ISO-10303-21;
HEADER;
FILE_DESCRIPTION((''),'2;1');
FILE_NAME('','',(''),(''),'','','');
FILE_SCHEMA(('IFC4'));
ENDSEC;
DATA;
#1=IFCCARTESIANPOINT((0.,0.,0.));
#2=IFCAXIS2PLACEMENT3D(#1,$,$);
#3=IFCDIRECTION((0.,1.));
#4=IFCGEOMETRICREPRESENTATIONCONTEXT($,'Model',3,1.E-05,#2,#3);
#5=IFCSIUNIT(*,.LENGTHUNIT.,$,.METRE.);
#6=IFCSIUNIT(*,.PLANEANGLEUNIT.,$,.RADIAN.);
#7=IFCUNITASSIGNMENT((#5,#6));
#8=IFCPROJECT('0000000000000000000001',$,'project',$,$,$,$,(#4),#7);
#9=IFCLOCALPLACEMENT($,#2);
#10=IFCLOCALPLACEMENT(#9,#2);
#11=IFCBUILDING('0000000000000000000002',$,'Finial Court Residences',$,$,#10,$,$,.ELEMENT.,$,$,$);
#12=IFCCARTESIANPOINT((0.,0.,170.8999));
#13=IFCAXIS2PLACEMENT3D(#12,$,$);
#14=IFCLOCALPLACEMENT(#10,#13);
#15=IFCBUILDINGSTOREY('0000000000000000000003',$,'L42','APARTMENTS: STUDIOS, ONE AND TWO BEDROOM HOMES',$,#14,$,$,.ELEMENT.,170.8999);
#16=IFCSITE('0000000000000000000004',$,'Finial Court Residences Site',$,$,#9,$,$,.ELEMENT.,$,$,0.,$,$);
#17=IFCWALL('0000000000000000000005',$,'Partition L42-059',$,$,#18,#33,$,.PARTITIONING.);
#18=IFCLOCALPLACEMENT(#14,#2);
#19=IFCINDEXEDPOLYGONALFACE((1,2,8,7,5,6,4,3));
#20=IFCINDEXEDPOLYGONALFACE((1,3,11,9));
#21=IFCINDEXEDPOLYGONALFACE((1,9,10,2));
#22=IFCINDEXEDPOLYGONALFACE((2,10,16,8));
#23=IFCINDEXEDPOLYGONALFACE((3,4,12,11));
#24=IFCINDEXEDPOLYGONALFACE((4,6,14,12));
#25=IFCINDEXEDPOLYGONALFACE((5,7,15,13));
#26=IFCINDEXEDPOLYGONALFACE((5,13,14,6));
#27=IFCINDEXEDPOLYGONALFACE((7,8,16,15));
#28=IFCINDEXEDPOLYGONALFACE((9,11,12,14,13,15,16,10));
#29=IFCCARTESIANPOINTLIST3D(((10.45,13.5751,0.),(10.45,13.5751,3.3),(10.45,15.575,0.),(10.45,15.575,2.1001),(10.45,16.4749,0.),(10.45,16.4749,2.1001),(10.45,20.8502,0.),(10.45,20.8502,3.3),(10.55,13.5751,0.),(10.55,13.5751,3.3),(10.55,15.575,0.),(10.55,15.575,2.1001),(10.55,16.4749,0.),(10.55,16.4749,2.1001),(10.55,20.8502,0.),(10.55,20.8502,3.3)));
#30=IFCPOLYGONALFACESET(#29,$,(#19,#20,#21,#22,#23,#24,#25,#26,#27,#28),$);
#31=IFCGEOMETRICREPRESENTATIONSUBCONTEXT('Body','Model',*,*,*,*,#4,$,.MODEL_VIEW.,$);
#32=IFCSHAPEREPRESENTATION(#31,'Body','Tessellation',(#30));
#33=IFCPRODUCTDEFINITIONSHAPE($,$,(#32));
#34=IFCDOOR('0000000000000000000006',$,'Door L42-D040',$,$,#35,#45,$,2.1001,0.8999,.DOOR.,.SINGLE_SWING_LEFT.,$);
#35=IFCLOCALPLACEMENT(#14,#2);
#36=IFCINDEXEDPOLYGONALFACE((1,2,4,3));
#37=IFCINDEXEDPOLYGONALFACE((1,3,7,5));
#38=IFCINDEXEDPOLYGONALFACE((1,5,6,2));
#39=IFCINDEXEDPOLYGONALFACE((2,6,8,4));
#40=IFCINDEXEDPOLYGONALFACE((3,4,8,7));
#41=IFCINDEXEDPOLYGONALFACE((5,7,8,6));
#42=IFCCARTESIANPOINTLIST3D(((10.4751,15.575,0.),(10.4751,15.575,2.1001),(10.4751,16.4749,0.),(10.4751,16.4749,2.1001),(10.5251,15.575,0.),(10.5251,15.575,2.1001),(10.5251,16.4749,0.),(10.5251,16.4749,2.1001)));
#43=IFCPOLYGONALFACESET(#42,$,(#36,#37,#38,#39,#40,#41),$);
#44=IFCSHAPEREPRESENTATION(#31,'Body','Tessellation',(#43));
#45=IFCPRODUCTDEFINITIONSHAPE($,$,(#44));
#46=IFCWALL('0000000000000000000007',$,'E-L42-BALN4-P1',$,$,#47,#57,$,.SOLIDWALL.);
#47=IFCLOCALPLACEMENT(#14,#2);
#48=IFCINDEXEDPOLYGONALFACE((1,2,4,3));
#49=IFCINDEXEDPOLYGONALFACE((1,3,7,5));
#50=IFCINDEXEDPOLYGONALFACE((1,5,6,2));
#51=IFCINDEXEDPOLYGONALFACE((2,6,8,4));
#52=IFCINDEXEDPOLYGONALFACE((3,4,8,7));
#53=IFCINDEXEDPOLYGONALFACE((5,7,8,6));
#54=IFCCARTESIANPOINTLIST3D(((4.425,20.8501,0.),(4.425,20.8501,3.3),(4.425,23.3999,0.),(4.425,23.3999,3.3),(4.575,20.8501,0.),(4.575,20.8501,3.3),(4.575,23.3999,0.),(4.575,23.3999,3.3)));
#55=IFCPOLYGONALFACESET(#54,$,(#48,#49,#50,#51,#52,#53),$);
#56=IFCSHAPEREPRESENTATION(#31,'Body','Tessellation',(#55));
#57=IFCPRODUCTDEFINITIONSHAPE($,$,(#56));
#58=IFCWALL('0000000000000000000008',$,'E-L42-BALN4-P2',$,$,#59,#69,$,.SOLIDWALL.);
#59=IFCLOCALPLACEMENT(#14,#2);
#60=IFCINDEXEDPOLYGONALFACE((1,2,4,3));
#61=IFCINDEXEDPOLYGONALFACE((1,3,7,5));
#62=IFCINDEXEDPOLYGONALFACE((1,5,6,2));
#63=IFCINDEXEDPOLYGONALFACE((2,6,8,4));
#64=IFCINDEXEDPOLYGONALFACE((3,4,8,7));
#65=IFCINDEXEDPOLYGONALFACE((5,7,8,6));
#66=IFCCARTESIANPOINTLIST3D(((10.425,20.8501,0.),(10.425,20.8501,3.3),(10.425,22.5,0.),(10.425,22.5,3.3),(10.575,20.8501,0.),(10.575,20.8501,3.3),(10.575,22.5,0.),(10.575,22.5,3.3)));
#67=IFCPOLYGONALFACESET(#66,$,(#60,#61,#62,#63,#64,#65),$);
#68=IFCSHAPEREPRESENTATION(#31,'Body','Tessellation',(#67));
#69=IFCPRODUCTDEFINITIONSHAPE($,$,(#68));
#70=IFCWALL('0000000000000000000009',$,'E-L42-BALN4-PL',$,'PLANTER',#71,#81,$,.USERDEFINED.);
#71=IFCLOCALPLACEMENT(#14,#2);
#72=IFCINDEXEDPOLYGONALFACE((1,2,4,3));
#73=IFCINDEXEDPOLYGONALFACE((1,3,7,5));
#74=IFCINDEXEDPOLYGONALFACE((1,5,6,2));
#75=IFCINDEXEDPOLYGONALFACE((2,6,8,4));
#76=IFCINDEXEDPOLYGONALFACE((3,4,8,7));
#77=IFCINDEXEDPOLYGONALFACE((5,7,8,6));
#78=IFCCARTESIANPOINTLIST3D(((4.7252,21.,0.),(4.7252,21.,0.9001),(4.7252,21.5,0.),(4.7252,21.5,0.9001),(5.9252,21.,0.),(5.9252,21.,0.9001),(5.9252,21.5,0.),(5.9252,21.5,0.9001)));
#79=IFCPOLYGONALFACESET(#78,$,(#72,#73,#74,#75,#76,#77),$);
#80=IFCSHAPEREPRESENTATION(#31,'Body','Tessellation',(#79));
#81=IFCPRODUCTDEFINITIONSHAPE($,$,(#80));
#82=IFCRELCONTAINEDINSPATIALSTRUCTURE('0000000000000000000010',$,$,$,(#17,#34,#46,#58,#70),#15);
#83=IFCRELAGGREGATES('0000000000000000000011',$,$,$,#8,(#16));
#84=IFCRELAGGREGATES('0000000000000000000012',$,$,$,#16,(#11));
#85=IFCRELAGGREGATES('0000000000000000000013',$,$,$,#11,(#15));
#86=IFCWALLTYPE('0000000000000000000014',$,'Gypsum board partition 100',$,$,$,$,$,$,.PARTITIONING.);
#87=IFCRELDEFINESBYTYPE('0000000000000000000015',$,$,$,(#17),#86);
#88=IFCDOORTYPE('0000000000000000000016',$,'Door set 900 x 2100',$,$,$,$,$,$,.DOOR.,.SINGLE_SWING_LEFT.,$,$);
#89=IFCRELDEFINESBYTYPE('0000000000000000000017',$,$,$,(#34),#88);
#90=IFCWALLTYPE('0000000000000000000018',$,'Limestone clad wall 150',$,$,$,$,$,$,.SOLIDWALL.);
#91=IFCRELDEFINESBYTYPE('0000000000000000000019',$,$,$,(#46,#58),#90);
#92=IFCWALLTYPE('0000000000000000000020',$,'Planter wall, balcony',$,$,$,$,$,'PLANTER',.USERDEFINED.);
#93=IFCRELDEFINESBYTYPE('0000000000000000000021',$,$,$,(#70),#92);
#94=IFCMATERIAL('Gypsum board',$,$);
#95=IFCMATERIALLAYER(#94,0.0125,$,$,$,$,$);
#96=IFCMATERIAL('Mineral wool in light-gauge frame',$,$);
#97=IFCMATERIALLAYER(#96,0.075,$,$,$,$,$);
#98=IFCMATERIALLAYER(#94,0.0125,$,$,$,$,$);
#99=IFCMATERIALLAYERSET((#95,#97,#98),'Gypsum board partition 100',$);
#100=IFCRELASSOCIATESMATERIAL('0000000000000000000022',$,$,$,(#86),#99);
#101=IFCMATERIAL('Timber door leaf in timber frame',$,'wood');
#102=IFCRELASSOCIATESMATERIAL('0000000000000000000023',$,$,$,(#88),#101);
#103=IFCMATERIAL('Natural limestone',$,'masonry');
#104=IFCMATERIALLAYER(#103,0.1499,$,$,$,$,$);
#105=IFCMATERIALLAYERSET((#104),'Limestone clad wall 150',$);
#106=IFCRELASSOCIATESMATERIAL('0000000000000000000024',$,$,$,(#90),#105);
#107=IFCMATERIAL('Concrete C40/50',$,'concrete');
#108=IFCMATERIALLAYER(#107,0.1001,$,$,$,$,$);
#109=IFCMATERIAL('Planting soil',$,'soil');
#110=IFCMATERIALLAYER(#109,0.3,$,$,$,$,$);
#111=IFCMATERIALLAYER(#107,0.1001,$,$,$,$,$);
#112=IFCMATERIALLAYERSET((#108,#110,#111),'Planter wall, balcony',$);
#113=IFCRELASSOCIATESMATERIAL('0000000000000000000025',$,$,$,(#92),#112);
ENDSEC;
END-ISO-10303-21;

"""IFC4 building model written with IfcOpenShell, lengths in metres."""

from ifc_helpers import new_model, si_unit, direction, frame, frame_2d, origin, place, context, subcontext, project, spatial, rectangle, extrude, material, layer, layer_set, type_object, element, fill, save


model = new_model("IFC4")

# Units and contexts
model_context = context("Model", 3, precision=1e-05, world=origin(), true_north=direction((0.0, 1.0)))
body_context = subcontext(model_context, "Body", "Model", "MODEL_VIEW")
ifc_project = project(units=[si_unit("LENGTHUNIT", "METRE"), si_unit("PLANEANGLEUNIT", "RADIAN")], contexts=[model_context])

# Site, building, storey
site_placement = place(None, origin())
site = spatial("IfcSite", under=ifc_project, at=site_placement, Name="Finial Court Residences Site", CompositionType="ELEMENT", RefElevation=0.0)
building_placement = place(site_placement, origin())
building = spatial("IfcBuilding", under=site, at=building_placement, Name="Finial Court Residences", CompositionType="ELEMENT")
storey_placement = place(building_placement, frame((0.0, 0.0, 170.8999)))
storey = spatial("IfcBuildingStorey", under=building, at=storey_placement, Name="L42", Description="APARTMENTS: STUDIOS, ONE AND TWO BEDROOM HOMES", CompositionType="ELEMENT", Elevation=170.8999)

# Shared definitions
ifc_material_1 = material(Name="Gypsum board")
ifc_layer_1 = layer(ifc_material_1, 0.0125)
ifc_material_2 = material(Name="Mineral wool in light-gauge frame")
ifc_layer_2 = layer(ifc_material_2, 0.075)
ifc_layer_3 = layer(ifc_material_1, 0.0125)
ifc_layer_set_1 = layer_set([ifc_layer_1, ifc_layer_2, ifc_layer_3], Name="Gypsum board partition 100")
wall_type_1 = type_object("IfcWallType", Name="Gypsum board partition 100", PredefinedType="PARTITIONING", material=ifc_layer_set_1)
ifc_material_3 = material(Name="Timber door leaf in timber frame", Category="wood")
door_type_1 = type_object("IfcDoorType", Name="Door set 900 x 2100", OperationType="SINGLE_SWING_LEFT", PredefinedType="DOOR", material=ifc_material_3)

# Wall, opening, door
wall_1_placement = place(storey_placement, frame((10.5, 13.575, 0.0), z_axis=(0.0, 0.0, 1.0), x_axis=(0.0, 1.0, 0.0)))
wall_1 = element("IfcWall", 1, at=wall_1_placement, inside=storey, type_object=wall_type_1, Name="Partition L42-059", PredefinedType="PARTITIONING", context=body_context, shape_type="SweptSolid", body=[
    extrude(rectangle(XDim=7.2751, YDim=0.1001, at=frame_2d((3.6377, 0.0))), origin(), (0.0, 0.0, 1.0), 3.3),
])
opening_1_placement = place(wall_1_placement, frame((2.0, 0.0, 0.0)))
opening_1 = element("IfcOpeningElement", 2, at=opening_1_placement, cuts=wall_1, PredefinedType="OPENING", context=body_context, shape_type="SweptSolid", body=[
    extrude(rectangle(XDim=0.8999, YDim=2.1001, at=frame_2d((0.45, 1.05))), frame((0.0, 0.0601, 0.0), z_axis=(0.0, -1.0, 0.0), x_axis=(1.0, 0.0, 0.0)), (0.0, 0.0, 1.0), 0.1201),
])
door_1_placement = place(opening_1_placement, origin())
door_1 = element("IfcDoor", 3, at=door_1_placement, inside=storey, type_object=door_type_1, Name="Door L42-D040", OperationType="SINGLE_SWING_LEFT", OverallHeight=2.1001, OverallWidth=0.8999, PredefinedType="DOOR", context=body_context, shape_type="SweptSolid", body=[
    extrude(rectangle(XDim=0.8999, YDim=2.1001, at=frame_2d((0.45, 1.05))), frame((0.0, 0.0249, 0.0), z_axis=(0.0, -1.0, 0.0), x_axis=(1.0, 0.0, 0.0)), (0.0, 0.0, 1.0), 0.05),
])
fill(opening_1, door_1)

# Walls
ifc_material_4 = material(Name="Natural limestone", Category="masonry")
ifc_layer_4 = layer(ifc_material_4, 0.1499)
ifc_layer_set_2 = layer_set([ifc_layer_4], Name="Limestone clad wall 150")
wall_type_2 = type_object("IfcWallType", Name="Limestone clad wall 150", PredefinedType="SOLIDWALL", material=ifc_layer_set_2)
wall_2_placement = place(storey_placement, frame((4.5, 20.8501, 0.0), z_axis=(0.0, 0.0, 1.0), x_axis=(0.0, 1.0, 0.0)))
element("IfcWall", 4, at=wall_2_placement, inside=storey, type_object=wall_type_2, Name="E-L42-BALN4-P1", PredefinedType="SOLIDWALL", context=body_context, shape_type="SweptSolid", body=[
    extrude(rectangle(XDim=2.5498, YDim=0.1499, at=frame_2d((1.2749, 0.0))), origin(), (0.0, 0.0, 1.0), 3.3),
])
wall_3_placement = place(storey_placement, frame((10.5, 20.8501, 0.0), z_axis=(0.0, 0.0, 1.0), x_axis=(0.0, 1.0, 0.0)))
element("IfcWall", 5, at=wall_3_placement, inside=storey, type_object=wall_type_2, Name="E-L42-BALN4-P2", PredefinedType="SOLIDWALL", context=body_context, shape_type="SweptSolid", body=[
    extrude(rectangle(XDim=1.6499, YDim=0.1499, at=frame_2d((0.825, 0.0))), origin(), (0.0, 0.0, 1.0), 3.3),
])

# Wall
ifc_material_5 = material(Name="Concrete C40/50", Category="concrete")
ifc_layer_5 = layer(ifc_material_5, 0.1001)
ifc_material_6 = material(Name="Planting soil", Category="soil")
ifc_layer_6 = layer(ifc_material_6, 0.3)
ifc_layer_7 = layer(ifc_material_5, 0.1001)
ifc_layer_set_3 = layer_set([ifc_layer_5, ifc_layer_6, ifc_layer_7], Name="Planter wall, balcony")
wall_type_3 = type_object("IfcWallType", Name="Planter wall, balcony", ElementType="PLANTER", PredefinedType="USERDEFINED", material=ifc_layer_set_3)
wall_4_placement = place(storey_placement, frame((4.7251, 21.25, 0.0), z_axis=(0.0, 0.0, 1.0), x_axis=(1.0, 0.0, 0.0)))
element("IfcWall", 6, at=wall_4_placement, inside=storey, type_object=wall_type_3, Name="E-L42-BALN4-PL", ObjectType="PLANTER", PredefinedType="USERDEFINED", context=body_context, shape_type="SweptSolid", body=[
    extrude(rectangle(XDim=1.2, YDim=0.5, at=frame_2d((0.6001, 0.0))), origin(), (0.0, 0.0, 1.0), 0.9001),
])

save(model, "model.ifc")
